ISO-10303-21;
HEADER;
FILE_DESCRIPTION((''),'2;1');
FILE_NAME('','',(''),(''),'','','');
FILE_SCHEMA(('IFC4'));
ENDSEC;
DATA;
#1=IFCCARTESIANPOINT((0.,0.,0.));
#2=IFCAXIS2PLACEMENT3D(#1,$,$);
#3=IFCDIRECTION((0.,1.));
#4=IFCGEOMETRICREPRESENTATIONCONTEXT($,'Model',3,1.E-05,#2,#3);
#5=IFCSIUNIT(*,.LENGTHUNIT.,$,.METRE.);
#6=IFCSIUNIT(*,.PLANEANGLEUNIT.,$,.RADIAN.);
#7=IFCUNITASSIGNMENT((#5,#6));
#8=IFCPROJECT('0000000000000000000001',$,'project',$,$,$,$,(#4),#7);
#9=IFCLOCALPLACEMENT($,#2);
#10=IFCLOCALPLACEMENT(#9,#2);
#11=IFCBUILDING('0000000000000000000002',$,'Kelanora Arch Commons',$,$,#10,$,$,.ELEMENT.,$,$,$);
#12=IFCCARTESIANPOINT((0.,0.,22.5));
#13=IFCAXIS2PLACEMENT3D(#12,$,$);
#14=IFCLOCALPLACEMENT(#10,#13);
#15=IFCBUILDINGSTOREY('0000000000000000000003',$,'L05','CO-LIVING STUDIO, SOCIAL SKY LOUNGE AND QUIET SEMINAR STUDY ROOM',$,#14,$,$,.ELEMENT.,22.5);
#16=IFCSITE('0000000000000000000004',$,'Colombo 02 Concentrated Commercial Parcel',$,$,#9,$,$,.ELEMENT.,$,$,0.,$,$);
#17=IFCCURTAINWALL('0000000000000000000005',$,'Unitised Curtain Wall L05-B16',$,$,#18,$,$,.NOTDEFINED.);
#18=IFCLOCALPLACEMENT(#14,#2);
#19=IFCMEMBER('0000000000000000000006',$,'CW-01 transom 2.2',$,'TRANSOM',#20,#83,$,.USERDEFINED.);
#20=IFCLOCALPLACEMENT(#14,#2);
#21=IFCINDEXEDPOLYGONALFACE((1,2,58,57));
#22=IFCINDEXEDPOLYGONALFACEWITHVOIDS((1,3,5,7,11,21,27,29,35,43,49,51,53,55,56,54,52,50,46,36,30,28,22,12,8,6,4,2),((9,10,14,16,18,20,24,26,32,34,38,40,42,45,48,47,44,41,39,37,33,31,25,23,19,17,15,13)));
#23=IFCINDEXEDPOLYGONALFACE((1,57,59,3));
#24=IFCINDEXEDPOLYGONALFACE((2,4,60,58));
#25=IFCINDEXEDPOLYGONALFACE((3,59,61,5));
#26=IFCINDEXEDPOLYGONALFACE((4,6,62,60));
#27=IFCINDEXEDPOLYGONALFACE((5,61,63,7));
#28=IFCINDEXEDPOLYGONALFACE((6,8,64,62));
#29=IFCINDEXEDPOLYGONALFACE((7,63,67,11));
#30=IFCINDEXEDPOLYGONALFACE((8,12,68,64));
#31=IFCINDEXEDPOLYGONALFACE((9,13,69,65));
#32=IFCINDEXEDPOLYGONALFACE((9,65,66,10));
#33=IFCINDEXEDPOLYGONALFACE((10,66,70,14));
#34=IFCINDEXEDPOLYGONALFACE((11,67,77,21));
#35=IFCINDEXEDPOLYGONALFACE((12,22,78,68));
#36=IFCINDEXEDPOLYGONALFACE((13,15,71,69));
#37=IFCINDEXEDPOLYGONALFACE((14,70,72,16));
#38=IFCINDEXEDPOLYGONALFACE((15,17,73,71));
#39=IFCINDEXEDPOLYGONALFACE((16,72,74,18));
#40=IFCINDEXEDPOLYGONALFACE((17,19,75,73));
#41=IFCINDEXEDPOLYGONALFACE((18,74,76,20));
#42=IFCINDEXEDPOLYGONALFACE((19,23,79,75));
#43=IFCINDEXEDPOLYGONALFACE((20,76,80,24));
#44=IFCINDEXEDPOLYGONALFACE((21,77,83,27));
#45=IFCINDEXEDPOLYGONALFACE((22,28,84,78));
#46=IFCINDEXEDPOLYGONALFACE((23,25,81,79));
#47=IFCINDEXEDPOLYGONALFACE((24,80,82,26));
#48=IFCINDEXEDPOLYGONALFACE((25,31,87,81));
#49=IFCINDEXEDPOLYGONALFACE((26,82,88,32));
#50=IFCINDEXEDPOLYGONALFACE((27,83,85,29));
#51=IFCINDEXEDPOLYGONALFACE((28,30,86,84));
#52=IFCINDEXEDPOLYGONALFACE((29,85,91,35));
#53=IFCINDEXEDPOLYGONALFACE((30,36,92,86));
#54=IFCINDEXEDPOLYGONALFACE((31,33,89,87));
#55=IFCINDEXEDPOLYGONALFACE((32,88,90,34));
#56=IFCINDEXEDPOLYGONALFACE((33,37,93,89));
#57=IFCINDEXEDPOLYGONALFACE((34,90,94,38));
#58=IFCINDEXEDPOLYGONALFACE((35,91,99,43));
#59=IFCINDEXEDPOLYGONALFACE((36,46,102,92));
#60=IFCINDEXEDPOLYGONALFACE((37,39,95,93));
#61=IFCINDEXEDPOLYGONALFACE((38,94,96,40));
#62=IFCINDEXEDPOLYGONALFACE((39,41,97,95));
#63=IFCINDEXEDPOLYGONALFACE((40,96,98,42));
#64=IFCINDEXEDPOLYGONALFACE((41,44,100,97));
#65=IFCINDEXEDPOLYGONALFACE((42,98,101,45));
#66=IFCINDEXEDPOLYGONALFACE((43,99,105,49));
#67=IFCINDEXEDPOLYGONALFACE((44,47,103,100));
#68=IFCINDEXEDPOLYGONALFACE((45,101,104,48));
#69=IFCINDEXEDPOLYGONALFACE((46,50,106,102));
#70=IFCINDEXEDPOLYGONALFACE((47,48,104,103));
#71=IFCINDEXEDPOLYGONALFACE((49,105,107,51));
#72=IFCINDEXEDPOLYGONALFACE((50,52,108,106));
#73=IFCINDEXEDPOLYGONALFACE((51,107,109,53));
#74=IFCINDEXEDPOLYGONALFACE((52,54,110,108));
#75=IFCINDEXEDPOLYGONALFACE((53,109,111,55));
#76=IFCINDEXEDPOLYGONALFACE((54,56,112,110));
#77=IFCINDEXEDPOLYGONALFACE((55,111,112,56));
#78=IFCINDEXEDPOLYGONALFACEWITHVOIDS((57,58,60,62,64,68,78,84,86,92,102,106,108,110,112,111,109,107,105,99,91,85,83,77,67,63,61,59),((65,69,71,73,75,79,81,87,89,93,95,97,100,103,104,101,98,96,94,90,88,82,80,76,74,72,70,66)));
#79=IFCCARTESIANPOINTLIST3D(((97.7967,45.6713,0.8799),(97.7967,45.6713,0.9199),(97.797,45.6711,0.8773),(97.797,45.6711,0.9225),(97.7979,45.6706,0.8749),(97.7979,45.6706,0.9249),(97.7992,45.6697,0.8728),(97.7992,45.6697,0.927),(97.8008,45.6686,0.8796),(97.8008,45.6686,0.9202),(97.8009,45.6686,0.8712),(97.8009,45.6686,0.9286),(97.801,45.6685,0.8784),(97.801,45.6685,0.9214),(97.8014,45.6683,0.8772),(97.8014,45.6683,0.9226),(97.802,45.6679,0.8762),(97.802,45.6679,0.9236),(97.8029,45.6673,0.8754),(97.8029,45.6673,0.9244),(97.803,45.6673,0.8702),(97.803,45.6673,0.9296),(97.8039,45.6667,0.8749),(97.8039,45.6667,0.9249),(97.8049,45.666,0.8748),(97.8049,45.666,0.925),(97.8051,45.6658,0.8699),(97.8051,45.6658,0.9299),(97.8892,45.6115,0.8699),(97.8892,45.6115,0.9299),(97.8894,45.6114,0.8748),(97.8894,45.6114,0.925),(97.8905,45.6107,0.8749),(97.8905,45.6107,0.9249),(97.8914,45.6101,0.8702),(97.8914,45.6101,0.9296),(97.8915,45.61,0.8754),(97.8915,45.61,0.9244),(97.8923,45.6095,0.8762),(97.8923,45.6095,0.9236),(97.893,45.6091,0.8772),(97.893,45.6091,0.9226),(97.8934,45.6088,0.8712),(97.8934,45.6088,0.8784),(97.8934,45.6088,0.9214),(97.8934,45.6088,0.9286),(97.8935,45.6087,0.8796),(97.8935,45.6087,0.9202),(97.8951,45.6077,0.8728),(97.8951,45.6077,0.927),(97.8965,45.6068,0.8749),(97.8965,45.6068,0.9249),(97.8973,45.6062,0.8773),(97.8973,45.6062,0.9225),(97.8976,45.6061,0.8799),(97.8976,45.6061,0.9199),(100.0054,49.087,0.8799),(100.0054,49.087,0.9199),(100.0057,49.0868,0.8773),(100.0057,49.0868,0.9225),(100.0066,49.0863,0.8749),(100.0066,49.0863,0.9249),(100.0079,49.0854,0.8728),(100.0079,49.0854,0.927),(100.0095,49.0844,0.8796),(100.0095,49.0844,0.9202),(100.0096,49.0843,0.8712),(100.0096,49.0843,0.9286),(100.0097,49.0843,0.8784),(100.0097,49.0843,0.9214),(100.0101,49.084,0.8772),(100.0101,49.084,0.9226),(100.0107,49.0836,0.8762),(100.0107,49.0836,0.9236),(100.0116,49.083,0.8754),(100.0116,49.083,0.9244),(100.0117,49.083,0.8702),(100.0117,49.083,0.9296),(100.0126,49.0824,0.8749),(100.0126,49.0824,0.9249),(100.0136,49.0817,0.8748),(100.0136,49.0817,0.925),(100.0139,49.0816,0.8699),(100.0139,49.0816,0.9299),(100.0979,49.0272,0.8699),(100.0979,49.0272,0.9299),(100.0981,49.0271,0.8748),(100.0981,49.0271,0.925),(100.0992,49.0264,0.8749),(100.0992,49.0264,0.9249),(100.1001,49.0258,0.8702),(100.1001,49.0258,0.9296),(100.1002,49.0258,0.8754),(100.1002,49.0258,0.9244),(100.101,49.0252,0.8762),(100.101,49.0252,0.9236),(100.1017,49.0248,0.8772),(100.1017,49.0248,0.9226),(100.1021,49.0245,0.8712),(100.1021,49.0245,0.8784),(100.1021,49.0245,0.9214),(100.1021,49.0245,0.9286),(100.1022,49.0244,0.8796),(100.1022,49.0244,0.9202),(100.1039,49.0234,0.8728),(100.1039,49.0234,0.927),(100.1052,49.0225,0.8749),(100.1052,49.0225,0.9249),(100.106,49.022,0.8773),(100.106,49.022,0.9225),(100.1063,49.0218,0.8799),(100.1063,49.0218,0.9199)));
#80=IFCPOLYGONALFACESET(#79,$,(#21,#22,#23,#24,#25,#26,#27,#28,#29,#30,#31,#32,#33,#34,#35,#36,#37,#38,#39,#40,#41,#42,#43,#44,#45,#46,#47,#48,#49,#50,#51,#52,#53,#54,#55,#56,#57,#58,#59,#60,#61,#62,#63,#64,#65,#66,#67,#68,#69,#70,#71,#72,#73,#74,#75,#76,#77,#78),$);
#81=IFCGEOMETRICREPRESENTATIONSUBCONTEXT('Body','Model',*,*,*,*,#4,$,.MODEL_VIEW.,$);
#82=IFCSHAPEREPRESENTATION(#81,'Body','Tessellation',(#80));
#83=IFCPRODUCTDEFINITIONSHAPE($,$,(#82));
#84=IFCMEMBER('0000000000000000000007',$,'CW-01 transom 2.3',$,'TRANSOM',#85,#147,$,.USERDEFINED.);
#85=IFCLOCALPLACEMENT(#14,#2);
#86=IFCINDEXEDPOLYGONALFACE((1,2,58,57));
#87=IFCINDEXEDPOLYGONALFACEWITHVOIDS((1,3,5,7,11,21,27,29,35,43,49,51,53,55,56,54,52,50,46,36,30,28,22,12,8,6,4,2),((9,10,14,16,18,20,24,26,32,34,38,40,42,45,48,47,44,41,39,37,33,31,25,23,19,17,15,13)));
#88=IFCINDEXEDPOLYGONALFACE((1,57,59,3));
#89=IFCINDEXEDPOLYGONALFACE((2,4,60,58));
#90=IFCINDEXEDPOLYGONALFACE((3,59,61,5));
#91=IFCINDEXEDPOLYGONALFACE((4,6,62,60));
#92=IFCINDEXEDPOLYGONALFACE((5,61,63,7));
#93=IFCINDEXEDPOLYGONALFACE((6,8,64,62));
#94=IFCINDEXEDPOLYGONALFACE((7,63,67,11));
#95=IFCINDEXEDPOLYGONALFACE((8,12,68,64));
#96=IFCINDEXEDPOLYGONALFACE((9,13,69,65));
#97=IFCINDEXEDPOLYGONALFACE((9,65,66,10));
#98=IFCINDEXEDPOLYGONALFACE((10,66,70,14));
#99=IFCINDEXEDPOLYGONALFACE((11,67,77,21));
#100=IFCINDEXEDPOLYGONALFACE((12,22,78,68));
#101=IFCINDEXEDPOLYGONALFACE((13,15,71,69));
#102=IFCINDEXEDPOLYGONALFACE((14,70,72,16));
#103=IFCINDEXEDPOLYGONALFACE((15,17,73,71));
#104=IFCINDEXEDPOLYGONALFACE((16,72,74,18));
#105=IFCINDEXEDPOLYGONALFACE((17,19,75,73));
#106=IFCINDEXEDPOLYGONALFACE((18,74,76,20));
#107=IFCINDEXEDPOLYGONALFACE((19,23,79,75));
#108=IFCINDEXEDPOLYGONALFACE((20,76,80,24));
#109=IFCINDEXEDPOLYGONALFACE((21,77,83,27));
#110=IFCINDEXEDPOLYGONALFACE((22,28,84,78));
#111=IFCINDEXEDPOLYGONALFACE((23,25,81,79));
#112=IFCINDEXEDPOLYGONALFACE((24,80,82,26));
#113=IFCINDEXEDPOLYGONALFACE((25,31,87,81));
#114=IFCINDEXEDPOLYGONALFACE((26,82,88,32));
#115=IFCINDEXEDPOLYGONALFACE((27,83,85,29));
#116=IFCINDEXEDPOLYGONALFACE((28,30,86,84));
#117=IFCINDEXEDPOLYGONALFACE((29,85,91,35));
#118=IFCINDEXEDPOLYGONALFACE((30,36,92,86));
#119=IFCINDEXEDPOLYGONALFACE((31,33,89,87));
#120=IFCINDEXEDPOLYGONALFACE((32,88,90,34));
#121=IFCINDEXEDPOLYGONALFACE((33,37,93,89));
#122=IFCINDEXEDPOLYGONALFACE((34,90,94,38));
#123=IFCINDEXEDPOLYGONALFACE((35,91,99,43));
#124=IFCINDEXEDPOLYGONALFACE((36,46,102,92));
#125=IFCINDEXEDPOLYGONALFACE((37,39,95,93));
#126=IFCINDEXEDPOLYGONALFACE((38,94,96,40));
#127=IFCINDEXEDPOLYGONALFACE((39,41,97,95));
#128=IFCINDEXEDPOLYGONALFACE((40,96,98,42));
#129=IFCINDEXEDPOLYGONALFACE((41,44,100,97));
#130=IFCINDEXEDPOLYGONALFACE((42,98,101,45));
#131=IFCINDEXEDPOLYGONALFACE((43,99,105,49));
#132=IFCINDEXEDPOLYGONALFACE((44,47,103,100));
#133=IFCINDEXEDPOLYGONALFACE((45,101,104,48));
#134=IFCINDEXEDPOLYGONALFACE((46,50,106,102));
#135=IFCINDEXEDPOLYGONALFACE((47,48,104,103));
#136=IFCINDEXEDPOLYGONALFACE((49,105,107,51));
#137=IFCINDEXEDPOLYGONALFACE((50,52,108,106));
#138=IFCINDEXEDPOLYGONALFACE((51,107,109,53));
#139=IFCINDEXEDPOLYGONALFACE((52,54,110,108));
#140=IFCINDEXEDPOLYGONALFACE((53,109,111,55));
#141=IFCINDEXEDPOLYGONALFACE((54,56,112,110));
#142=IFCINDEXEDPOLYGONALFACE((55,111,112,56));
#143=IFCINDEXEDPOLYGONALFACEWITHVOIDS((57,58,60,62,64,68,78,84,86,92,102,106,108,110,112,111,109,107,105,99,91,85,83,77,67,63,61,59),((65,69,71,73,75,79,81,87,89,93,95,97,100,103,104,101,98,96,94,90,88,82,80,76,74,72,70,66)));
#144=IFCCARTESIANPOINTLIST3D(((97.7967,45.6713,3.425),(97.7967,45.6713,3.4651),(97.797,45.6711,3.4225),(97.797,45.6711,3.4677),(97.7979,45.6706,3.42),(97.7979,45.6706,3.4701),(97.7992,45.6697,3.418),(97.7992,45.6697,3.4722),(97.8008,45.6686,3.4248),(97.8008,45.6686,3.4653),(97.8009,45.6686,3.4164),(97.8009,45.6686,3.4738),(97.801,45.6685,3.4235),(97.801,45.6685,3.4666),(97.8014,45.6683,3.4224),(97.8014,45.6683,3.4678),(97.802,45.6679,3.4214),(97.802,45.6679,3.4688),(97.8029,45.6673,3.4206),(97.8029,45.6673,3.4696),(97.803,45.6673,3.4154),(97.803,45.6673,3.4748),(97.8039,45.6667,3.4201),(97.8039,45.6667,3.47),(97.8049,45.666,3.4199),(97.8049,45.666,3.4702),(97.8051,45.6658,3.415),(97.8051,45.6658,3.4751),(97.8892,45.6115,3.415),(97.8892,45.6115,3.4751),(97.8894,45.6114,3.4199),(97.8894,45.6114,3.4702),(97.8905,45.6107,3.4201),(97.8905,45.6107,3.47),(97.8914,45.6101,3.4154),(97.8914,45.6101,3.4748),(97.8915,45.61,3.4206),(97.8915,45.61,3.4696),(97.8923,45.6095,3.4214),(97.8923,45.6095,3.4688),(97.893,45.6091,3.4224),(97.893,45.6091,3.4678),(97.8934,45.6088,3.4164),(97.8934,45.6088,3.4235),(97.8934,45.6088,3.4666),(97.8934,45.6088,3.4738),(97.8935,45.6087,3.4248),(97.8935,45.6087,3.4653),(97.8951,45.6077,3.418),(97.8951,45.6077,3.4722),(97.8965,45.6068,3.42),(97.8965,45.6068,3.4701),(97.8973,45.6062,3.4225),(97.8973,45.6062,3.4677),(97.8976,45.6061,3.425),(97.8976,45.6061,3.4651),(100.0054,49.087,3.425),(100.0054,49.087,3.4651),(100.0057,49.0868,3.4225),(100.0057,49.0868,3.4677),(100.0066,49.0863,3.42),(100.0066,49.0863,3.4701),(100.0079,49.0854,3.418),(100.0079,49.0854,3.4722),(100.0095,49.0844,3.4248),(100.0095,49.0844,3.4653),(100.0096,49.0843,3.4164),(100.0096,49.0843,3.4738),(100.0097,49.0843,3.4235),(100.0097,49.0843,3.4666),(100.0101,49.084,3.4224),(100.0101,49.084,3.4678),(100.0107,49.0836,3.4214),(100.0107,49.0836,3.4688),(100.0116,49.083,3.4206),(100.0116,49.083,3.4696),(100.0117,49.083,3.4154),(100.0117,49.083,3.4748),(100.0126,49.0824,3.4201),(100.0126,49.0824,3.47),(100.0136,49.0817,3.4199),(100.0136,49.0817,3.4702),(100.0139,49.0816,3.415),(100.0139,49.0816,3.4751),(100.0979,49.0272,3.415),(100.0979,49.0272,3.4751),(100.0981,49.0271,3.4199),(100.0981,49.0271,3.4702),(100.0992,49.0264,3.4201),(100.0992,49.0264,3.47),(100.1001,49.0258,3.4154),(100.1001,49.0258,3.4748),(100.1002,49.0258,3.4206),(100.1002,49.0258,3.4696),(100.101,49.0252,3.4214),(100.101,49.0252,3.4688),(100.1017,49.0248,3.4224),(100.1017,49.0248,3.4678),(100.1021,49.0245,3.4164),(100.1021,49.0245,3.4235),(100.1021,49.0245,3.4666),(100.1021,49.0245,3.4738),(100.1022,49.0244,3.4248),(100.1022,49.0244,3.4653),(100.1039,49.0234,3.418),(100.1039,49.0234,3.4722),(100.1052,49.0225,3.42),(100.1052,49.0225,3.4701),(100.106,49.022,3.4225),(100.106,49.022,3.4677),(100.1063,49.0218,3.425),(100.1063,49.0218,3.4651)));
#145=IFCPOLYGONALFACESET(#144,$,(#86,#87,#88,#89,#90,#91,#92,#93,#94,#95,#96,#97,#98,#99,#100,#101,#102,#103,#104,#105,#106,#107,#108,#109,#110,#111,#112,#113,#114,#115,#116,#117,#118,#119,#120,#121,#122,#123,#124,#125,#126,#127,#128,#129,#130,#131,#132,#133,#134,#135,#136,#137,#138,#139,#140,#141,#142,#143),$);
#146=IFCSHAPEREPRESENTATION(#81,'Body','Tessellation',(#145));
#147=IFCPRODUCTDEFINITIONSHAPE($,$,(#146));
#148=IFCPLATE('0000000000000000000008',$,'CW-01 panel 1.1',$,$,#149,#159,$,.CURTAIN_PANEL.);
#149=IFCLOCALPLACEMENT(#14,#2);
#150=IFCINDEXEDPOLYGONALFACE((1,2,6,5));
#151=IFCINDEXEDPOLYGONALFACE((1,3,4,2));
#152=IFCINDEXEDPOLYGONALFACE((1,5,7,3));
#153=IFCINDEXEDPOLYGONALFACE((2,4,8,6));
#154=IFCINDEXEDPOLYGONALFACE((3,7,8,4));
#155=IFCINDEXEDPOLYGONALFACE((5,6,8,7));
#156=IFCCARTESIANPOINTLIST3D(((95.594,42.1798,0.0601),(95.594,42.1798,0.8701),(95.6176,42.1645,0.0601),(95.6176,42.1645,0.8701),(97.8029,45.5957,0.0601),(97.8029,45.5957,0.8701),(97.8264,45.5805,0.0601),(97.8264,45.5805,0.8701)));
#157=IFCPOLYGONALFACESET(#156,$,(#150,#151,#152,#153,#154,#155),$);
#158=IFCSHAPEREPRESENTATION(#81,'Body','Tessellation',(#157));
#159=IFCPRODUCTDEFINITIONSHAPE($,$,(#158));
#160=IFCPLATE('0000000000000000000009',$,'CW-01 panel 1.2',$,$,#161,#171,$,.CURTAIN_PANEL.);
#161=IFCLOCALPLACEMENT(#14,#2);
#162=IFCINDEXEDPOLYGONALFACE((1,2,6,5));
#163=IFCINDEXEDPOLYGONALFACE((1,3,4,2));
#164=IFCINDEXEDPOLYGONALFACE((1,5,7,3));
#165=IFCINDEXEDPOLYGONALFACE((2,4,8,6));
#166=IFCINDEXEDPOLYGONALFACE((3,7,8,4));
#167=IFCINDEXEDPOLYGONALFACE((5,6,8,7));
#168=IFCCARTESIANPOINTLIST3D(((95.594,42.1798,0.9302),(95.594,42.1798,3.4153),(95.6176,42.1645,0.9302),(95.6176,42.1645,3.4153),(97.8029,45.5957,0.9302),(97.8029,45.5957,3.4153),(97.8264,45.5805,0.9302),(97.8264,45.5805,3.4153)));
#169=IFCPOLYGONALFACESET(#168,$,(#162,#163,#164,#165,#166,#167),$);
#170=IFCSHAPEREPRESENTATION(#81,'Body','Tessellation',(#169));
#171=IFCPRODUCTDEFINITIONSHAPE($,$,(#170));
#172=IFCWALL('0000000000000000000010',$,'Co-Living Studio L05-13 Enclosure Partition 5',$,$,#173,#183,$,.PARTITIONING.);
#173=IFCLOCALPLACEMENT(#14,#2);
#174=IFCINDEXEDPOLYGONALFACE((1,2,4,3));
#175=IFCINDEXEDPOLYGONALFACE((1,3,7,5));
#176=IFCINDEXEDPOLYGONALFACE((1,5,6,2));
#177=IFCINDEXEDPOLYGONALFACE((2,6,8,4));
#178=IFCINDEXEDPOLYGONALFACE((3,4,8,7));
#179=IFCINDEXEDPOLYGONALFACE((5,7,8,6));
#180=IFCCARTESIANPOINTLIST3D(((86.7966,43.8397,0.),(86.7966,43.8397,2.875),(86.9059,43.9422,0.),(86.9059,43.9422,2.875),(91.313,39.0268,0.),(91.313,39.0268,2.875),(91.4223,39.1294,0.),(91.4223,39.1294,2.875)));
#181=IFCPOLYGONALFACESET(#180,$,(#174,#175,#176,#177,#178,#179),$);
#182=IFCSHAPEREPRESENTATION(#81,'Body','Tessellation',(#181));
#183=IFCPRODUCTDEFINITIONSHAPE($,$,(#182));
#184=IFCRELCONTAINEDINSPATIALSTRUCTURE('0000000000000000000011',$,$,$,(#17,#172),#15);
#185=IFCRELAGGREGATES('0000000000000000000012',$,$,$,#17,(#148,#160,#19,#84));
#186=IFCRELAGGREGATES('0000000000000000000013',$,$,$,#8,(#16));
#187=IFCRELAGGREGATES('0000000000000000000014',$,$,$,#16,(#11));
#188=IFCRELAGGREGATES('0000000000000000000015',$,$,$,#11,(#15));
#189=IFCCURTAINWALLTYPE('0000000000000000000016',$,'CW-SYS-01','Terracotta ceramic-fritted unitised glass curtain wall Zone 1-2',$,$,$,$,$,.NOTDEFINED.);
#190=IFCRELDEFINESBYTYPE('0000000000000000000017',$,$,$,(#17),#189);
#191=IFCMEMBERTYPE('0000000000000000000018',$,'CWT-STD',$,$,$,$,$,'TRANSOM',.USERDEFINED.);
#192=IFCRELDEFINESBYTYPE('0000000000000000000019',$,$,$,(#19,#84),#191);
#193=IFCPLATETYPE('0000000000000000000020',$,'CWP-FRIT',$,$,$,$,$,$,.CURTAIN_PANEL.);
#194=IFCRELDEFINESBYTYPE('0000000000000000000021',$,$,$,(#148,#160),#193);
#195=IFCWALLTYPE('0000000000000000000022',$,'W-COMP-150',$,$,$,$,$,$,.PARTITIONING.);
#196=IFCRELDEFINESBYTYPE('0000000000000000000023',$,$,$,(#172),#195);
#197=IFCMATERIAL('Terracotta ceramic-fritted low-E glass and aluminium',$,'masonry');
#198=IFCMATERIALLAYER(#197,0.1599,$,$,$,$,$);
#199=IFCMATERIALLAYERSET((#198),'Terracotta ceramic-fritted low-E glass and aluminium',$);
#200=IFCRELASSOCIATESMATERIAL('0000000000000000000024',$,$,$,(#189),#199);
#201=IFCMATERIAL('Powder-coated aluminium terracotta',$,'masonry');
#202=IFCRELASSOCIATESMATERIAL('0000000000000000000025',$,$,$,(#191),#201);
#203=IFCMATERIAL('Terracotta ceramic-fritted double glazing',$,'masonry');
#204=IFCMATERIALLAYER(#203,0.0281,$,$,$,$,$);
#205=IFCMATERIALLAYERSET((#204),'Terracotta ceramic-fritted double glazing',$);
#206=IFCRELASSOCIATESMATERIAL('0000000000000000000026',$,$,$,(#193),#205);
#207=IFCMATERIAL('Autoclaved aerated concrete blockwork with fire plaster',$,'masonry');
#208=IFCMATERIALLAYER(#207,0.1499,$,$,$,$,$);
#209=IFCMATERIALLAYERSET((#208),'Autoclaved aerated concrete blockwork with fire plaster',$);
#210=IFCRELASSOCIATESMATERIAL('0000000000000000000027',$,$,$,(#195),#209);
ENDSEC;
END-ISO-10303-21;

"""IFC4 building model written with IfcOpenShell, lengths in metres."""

from ifc_helpers import new_model, si_unit, direction, frame, frame_2d, origin, origin_2d, place, context, subcontext, project, spatial, rectangle, hollow_rectangle, extrude, source, transform, mapped, material, layer, layer_set, material_profile, profile_set, type_object, element, aggregate, save


model = new_model("IFC4")

# Units and contexts
model_context = context("Model", 3, precision=1e-05, world=origin(), true_north=direction((0.0, 1.0)))
body_context = subcontext(model_context, "Body", "Model", "MODEL_VIEW")
ifc_project = project(units=[si_unit("LENGTHUNIT", "METRE"), si_unit("PLANEANGLEUNIT", "RADIAN")], contexts=[model_context])

# Site, building, storey
site_placement = place(None, origin())
site = spatial("IfcSite", under=ifc_project, at=site_placement, Name="Colombo 02 Concentrated Commercial Parcel", CompositionType="ELEMENT", RefElevation=0.0)
building_placement = place(site_placement, origin())
building = spatial("IfcBuilding", under=site, at=building_placement, Name="Kelanora Arch Commons", CompositionType="ELEMENT")
storey_placement = place(building_placement, frame((0.0, 0.0, 22.5)))
storey = spatial("IfcBuildingStorey", under=building, at=storey_placement, Name="L05", Description="CO-LIVING STUDIO, SOCIAL SKY LOUNGE AND QUIET SEMINAR STUDY ROOM", CompositionType="ELEMENT", Elevation=22.5)

# Curtain wall, members, plates
ifc_material_1 = material(Name="Terracotta ceramic-fritted low-E glass and aluminium", Category="masonry")
ifc_layer_1 = layer(ifc_material_1, 0.1599)
ifc_layer_set_1 = layer_set([ifc_layer_1], Name="Terracotta ceramic-fritted low-E glass and aluminium")
curtain_wall_type = type_object("IfcCurtainWallType", Name="CW-SYS-01", Description="Terracotta ceramic-fritted unitised glass curtain wall Zone 1-2", PredefinedType="NOTDEFINED", material=ifc_layer_set_1)
curtain_wall_placement = place(storey_placement, origin())
curtain_wall = element("IfcCurtainWall", 1, at=curtain_wall_placement, inside=storey, type_object=curtain_wall_type, Name="Unitised Curtain Wall L05-B16", PredefinedType="NOTDEFINED")
ifc_material_2 = material(Name="Powder-coated aluminium terracotta", Category="masonry")
ifc_material_profile_1 = material_profile(ifc_material_2, hollow_rectangle(XDim=0.1201, YDim=0.0601, WallThickness=0.0049, InnerFilletRadius=0.0049, OuterFilletRadius=0.01, at=origin_2d()), Name="CWT120x60")
ifc_profile_set_1 = profile_set([ifc_material_profile_1], Name="Powder-coated aluminium terracotta")
member_type_1 = type_object("IfcMemberType", Name="CWT-STD", ElementType="TRANSOM", PredefinedType="USERDEFINED", material=ifc_profile_set_1)
member_1_placement = place(storey_placement, frame((97.8472, 45.6387, 0.8999), z_axis=(0.542997, 0.839734, 0.0), x_axis=(-0.839734, 0.542997, 0.0)))
member_1 = element("IfcMember", 2, at=member_1_placement, type_object=member_type_1, Name="CW-01 transom 2.2", ObjectType="TRANSOM", PredefinedType="USERDEFINED", context=body_context, shape_type="SweptSolid", body=[
    extrude(hollow_rectangle(XDim=0.1201, YDim=0.0601, WallThickness=0.0049, InnerFilletRadius=0.0049, OuterFilletRadius=0.01, at=origin_2d()), origin(), (0.0, 0.0, 1.0), 4.0676),
])
member_2_placement = place(storey_placement, frame((97.8472, 45.6387, 3.4451), z_axis=(0.542997, 0.839734, 0.0), x_axis=(-0.839734, 0.542997, 0.0)))
member_2 = element("IfcMember", 3, at=member_2_placement, type_object=member_type_1, Name="CW-01 transom 2.3", ObjectType="TRANSOM", PredefinedType="USERDEFINED", context=body_context, shape_type="SweptSolid", body=[
    extrude(hollow_rectangle(XDim=0.1201, YDim=0.0601, WallThickness=0.0049, InnerFilletRadius=0.0049, OuterFilletRadius=0.01, at=origin_2d()), origin(), (0.0, 0.0, 1.0), 4.0676),
])
ifc_material_3 = material(Name="Terracotta ceramic-fritted double glazing", Category="masonry")
ifc_layer_2 = layer(ifc_material_3, 0.0281)
ifc_layer_set_2 = layer_set([ifc_layer_2], Name="Terracotta ceramic-fritted double glazing")
plate_type = type_object("IfcPlateType", Name="CWP-FRIT", PredefinedType="CURTAIN_PANEL", material=ifc_layer_set_2)
shared_shape_1 = source(origin(), body_context, "Body", "SweptSolid", [
    extrude(rectangle(XDim=4.0679, YDim=0.0281, at=origin_2d()), origin(), (0.0, 0.0, 1.0), 0.8101),
])
plate_1_placement = place(storey_placement, frame((96.7102, 43.8801, 0.0601), z_axis=(0.0, 0.0, 1.0), x_axis=(0.543004, 0.83973, 0.0)))
plate_1 = element("IfcPlate", 4, at=plate_1_placement, type_object=plate_type, Name="CW-01 panel 1.1", PredefinedType="CURTAIN_PANEL", context=body_context, shape_type="MappedRepresentation", body=[
    mapped(shared_shape_1, transform((0.0, 0.0, 0.0), scale=1.0)),
])
shared_shape_2 = source(origin(), body_context, "Body", "SweptSolid", [
    extrude(rectangle(XDim=4.0679, YDim=0.0281, at=origin_2d()), origin(), (0.0, 0.0, 1.0), 2.4851),
])
plate_2_placement = place(storey_placement, frame((96.7102, 43.8801, 0.9302), z_axis=(0.0, 0.0, 1.0), x_axis=(0.543004, 0.83973, 0.0)))
plate_2 = element("IfcPlate", 5, at=plate_2_placement, type_object=plate_type, Name="CW-01 panel 1.2", PredefinedType="CURTAIN_PANEL", context=body_context, shape_type="MappedRepresentation", body=[
    mapped(shared_shape_2, transform((0.0, 0.0, 0.0), scale=1.0)),
])
aggregate(curtain_wall, [plate_1, plate_2, member_1, member_2])

# Wall
ifc_material_4 = material(Name="Autoclaved aerated concrete blockwork with fire plaster", Category="masonry")
ifc_layer_3 = layer(ifc_material_4, 0.1499)
ifc_layer_set_3 = layer_set([ifc_layer_3], Name="Autoclaved aerated concrete blockwork with fire plaster")
wall_type_1 = type_object("IfcWallType", Name="W-COMP-150", PredefinedType="PARTITIONING", material=ifc_layer_set_3)
wall_1_placement = place(storey_placement, frame((91.3677, 39.0781, 0.0), z_axis=(0.0, 0.0, 1.0), x_axis=(-0.684297, 0.729204, 0.0)))
element("IfcWall", 6, at=wall_1_placement, inside=storey, type_object=wall_type_1, Name="Co-Living Studio L05-13 Enclosure Partition 5", PredefinedType="PARTITIONING", context=body_context, shape_type="SweptSolid", body=[
    extrude(rectangle(XDim=6.6001, YDim=0.1499, at=frame_2d((3.3, 0.0))), origin(), (0.0, 0.0, 1.0), 2.875),
])

save(model, "model.ifc")
